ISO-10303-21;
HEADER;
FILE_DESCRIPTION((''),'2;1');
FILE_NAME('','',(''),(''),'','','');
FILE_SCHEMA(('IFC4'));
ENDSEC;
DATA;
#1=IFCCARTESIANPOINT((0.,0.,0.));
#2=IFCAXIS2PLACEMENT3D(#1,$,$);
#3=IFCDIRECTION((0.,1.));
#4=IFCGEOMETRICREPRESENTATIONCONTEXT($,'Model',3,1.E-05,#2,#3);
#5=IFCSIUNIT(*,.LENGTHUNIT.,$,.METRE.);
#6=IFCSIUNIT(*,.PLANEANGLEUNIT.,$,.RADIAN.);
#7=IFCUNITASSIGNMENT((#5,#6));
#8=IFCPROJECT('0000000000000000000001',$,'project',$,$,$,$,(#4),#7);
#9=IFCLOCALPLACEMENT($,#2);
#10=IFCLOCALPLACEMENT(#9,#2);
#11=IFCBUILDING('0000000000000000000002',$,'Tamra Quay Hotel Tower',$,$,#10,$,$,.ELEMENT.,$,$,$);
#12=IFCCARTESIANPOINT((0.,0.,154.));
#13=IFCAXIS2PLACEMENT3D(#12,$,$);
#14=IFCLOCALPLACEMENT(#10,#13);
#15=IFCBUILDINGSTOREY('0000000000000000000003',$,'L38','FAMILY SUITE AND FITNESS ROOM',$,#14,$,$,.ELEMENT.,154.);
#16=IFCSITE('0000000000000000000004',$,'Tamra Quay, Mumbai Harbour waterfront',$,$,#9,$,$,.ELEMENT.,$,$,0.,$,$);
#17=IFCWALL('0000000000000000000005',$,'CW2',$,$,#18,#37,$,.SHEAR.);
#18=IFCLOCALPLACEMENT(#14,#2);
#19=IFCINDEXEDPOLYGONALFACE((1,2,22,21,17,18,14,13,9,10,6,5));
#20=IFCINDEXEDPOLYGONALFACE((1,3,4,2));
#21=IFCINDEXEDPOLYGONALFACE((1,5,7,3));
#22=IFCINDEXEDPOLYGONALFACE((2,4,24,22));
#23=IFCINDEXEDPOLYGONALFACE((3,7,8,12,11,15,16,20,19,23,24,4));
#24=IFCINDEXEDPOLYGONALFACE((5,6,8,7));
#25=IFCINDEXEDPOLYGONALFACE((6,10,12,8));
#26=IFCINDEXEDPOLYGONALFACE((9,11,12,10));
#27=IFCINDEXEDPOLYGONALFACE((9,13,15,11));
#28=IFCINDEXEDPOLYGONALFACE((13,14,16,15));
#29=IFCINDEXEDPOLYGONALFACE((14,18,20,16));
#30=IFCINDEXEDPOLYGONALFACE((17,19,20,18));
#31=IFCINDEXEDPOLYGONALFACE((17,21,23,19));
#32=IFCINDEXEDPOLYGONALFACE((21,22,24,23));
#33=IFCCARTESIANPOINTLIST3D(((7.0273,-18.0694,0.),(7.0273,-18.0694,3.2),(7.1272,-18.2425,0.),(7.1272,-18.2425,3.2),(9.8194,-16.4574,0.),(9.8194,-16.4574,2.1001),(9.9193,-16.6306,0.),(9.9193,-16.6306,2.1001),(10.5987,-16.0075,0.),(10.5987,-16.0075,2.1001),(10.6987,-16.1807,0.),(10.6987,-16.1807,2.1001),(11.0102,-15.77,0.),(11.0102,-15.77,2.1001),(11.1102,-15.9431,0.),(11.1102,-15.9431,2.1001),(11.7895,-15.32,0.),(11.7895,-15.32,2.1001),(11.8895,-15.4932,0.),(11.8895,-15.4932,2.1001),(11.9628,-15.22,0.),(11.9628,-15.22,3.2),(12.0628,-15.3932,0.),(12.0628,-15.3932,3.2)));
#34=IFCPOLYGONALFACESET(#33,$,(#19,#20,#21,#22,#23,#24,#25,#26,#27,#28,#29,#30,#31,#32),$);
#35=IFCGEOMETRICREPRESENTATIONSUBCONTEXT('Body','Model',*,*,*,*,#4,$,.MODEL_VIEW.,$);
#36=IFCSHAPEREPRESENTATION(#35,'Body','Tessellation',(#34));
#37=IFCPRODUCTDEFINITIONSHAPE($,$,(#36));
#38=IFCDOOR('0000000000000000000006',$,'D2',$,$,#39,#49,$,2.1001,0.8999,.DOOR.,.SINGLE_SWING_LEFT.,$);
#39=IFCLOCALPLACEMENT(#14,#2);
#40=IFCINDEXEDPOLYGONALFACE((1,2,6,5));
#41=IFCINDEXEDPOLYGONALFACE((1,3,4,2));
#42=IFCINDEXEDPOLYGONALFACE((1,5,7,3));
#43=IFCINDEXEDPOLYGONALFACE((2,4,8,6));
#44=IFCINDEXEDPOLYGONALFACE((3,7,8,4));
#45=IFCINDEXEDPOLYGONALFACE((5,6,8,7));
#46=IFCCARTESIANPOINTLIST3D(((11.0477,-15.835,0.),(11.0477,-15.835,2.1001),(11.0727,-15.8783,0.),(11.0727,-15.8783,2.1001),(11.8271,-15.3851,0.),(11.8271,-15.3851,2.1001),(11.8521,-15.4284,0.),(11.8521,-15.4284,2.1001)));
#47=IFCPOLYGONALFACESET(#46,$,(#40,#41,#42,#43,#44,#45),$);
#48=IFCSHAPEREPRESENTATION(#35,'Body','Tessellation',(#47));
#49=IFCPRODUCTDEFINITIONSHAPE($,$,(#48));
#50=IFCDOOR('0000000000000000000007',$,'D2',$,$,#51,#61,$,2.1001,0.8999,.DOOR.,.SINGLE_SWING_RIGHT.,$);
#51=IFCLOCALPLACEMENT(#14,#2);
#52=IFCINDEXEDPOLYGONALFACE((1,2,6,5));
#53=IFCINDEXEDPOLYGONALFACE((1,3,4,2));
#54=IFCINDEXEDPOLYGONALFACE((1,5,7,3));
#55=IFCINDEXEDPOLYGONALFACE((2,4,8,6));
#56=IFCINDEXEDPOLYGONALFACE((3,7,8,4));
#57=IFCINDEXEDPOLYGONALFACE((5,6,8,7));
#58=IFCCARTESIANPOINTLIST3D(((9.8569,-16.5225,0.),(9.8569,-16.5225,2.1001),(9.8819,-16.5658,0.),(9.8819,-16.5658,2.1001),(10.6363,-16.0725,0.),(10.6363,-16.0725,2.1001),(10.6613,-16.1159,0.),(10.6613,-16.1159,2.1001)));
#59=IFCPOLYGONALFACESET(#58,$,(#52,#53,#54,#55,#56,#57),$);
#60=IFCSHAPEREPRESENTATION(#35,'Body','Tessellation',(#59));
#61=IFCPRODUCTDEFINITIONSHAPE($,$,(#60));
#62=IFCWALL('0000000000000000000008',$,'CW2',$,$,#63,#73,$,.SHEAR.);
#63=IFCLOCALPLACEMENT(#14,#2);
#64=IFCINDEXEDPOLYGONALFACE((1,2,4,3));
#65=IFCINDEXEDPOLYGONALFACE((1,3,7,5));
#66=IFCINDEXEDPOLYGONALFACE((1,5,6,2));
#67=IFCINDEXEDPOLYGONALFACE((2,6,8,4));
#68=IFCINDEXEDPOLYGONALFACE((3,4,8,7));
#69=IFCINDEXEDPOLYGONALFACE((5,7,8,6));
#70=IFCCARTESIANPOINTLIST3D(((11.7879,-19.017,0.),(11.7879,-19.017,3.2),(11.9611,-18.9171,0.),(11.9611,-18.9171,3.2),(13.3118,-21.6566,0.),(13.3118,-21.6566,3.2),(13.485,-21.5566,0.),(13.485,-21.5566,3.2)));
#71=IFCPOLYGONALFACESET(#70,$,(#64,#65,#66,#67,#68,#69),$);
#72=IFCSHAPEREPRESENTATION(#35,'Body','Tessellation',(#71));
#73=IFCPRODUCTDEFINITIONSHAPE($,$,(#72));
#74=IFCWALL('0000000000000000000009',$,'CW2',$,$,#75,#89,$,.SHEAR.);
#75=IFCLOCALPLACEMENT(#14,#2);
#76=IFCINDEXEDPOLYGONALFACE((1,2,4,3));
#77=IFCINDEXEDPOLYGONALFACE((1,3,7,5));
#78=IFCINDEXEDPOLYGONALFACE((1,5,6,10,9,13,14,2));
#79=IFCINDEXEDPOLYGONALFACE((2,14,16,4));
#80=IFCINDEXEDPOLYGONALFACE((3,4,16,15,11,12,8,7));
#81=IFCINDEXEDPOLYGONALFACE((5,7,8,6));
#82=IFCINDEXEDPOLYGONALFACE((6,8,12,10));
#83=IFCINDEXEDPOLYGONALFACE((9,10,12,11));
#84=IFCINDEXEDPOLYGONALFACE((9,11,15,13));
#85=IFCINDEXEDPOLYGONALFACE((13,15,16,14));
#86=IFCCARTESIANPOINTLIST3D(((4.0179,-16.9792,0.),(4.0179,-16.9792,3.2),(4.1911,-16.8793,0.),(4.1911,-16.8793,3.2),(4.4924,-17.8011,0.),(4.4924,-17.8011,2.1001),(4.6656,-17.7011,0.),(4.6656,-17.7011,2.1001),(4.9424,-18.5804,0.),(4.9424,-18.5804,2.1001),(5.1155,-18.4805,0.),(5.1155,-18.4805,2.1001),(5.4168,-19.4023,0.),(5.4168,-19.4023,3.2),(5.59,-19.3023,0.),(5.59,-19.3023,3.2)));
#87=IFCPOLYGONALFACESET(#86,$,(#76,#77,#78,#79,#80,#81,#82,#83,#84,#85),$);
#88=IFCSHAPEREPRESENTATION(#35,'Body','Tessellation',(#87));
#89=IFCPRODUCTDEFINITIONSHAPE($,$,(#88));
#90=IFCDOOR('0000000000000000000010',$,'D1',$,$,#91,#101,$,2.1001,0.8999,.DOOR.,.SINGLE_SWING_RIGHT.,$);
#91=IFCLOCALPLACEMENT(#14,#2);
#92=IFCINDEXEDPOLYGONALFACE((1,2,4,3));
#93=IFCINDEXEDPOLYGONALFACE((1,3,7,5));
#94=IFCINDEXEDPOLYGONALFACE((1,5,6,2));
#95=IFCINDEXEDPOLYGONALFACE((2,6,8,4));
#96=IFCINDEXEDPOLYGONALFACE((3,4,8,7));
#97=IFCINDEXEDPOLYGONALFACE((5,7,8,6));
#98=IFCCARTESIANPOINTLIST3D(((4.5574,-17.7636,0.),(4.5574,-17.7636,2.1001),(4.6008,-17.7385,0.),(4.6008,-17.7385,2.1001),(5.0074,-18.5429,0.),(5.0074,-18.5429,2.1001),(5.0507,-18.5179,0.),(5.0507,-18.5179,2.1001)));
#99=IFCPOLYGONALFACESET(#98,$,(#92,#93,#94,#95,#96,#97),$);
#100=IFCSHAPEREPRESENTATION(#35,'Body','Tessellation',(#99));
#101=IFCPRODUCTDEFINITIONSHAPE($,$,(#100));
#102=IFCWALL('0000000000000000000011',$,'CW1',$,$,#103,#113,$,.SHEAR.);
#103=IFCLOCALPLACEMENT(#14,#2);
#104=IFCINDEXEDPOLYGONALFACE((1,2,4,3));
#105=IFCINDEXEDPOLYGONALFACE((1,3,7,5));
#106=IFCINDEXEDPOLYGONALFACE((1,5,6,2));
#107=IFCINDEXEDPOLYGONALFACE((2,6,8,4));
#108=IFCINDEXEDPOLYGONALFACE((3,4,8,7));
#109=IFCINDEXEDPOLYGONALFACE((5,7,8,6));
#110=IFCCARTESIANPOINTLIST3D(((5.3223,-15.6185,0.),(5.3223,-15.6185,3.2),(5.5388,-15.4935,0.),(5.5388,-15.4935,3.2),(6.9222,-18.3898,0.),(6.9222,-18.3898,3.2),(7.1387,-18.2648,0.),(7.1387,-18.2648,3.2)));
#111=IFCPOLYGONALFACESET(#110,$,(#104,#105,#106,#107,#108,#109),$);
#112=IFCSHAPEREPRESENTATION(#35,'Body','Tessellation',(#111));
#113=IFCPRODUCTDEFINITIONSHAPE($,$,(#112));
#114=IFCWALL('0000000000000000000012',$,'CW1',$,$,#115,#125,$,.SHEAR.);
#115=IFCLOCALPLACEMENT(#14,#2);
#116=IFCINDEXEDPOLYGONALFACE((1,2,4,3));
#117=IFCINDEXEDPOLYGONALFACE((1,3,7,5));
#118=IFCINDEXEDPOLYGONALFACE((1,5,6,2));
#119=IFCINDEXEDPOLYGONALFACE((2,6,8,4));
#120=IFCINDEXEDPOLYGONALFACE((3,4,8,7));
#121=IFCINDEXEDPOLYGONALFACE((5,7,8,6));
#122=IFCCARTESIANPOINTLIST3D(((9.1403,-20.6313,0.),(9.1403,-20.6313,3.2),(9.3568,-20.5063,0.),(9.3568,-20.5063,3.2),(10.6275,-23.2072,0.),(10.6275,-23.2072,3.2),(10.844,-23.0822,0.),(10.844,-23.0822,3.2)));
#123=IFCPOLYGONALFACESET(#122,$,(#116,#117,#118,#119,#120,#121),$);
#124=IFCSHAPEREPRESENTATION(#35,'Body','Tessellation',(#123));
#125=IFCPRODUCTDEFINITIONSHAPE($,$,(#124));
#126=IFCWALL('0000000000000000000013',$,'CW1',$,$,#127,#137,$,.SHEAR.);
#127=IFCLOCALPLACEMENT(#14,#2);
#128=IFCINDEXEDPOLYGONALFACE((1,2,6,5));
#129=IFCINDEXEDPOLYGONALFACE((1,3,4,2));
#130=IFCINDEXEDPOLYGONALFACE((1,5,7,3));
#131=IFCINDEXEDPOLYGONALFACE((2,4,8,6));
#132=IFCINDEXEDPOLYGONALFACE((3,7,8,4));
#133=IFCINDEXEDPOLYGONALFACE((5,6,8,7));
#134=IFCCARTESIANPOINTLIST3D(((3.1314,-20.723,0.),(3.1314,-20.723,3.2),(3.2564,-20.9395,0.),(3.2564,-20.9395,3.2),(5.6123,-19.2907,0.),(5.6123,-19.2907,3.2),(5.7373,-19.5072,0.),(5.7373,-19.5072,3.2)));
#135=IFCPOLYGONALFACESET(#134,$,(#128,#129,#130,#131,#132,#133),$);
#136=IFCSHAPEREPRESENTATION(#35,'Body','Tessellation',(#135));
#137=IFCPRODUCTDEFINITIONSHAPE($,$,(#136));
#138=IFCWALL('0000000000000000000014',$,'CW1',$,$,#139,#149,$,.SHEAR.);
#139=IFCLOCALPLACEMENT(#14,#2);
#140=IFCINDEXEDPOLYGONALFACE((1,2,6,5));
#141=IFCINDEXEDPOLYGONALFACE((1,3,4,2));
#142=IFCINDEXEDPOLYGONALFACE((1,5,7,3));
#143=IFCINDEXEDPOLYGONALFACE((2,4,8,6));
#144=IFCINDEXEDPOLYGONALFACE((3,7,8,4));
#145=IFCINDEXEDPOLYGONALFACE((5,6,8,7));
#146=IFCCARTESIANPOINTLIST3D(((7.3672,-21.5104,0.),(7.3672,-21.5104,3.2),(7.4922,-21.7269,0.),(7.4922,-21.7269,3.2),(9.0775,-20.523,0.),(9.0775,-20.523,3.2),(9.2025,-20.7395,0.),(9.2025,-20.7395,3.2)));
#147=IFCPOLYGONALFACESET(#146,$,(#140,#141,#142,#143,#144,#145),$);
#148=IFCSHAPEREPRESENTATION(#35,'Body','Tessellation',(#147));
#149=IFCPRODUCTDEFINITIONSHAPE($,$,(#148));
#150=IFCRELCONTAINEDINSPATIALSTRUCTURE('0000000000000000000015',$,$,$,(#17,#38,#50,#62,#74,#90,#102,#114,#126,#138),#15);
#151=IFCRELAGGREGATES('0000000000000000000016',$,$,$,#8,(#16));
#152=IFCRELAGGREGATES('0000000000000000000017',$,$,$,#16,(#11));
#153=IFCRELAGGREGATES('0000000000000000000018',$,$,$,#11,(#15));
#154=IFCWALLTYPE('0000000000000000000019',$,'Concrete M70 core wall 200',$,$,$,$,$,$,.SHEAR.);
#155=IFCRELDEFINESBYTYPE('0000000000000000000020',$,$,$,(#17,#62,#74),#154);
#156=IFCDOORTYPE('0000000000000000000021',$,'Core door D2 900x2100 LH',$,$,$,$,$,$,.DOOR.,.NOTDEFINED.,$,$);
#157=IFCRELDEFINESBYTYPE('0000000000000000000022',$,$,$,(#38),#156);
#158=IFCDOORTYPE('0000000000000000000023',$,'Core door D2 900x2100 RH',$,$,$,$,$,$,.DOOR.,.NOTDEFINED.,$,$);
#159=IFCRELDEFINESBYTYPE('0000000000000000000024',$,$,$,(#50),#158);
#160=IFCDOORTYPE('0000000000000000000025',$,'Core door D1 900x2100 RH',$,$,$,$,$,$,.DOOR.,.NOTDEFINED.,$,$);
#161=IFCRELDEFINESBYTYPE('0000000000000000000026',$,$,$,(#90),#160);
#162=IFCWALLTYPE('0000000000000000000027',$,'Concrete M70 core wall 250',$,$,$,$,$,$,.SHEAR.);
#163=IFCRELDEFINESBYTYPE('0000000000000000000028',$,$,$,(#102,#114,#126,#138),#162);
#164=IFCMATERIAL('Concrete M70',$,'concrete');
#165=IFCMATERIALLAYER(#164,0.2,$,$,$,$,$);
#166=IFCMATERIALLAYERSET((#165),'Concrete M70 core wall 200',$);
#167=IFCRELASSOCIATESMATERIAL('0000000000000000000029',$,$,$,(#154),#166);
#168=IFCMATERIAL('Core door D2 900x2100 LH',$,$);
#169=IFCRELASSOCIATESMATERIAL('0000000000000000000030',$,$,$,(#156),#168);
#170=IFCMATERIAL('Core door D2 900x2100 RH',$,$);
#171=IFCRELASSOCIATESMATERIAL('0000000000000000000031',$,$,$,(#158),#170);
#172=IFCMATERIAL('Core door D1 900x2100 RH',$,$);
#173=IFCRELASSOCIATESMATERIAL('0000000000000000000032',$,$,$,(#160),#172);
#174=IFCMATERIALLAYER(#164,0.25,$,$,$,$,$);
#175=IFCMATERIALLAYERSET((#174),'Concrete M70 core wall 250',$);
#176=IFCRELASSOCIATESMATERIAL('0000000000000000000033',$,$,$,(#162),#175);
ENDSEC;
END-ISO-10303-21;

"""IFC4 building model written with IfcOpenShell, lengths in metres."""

from ifc_helpers import new_model, si_unit, direction, frame, frame_2d, origin, place, context, subcontext, project, spatial, rectangle, extrude, material, layer, layer_set, type_object, element, fill, save


model = new_model("IFC4")

# Units and contexts
model_context = context("Model", 3, precision=1e-05, world=origin(), true_north=direction((0.0, 1.0)))
body_context = subcontext(model_context, "Body", "Model", "MODEL_VIEW")
ifc_project = project(units=[si_unit("LENGTHUNIT", "METRE"), si_unit("PLANEANGLEUNIT", "RADIAN")], contexts=[model_context])

# Site, building, storey
site_placement = place(None, origin())
site = spatial("IfcSite", under=ifc_project, at=site_placement, Name="Tamra Quay, Mumbai Harbour waterfront", CompositionType="ELEMENT", RefElevation=0.0)
building_placement = place(site_placement, origin())
building = spatial("IfcBuilding", under=site, at=building_placement, Name="Tamra Quay Hotel Tower", CompositionType="ELEMENT")
storey_placement = place(building_placement, frame((0.0, 0.0, 154.0)))
storey = spatial("IfcBuildingStorey", under=building, at=storey_placement, Name="L38", Description="FAMILY SUITE AND FITNESS ROOM", CompositionType="ELEMENT", Elevation=154.0)

# Shared definitions
ifc_material_1 = material(Name="Concrete M70", Category="concrete")

# Wall, openings, doors
ifc_layer_1 = layer(ifc_material_1, 0.2)
ifc_layer_set_1 = layer_set([ifc_layer_1], Name="Concrete M70 core wall 200")
wall_type_1 = type_object("IfcWallType", Name="Concrete M70 core wall 200", PredefinedType="SHEAR", material=ifc_layer_set_1)
wall_1_placement = place(storey_placement, frame((7.0771, -18.156, 0.0), z_axis=(0.0, 0.0, 1.0), x_axis=(0.866039, 0.499977, 0.0)))
wall_1 = element("IfcWall", 1, at=wall_1_placement, inside=storey, type_object=wall_type_1, Name="CW2", PredefinedType="SHEAR", context=body_context, shape_type="SweptSolid", body=[
    extrude(rectangle(XDim=5.699, YDim=0.2, at=frame_2d((2.8496, 0.0))), origin(), (0.0, 0.0, 1.0), 3.2),
])
opening_1_placement = place(wall_1_placement, frame((3.2241, 0.0, 0.0)))
opening_1 = element("IfcOpeningElement", 2, at=opening_1_placement, cuts=wall_1, PredefinedType="OPENING", context=body_context, shape_type="SweptSolid", body=[
    extrude(rectangle(XDim=0.8999, YDim=2.1001, at=frame_2d((0.45, 1.05))), frame((0.0, 0.1099, 0.0), z_axis=(0.0, -1.0, 0.0), x_axis=(1.0, 0.0, 0.0)), (0.0, 0.0, 1.0), 0.22),
])
opening_2_placement = place(wall_1_placement, frame((4.5991, 0.0, 0.0)))
opening_2 = element("IfcOpeningElement", 3, at=opening_2_placement, cuts=wall_1, PredefinedType="OPENING", context=body_context, shape_type="SweptSolid", body=[
    extrude(rectangle(XDim=0.8999, YDim=2.1001, at=frame_2d((0.45, 1.05))), frame((0.0, 0.1099, 0.0), z_axis=(0.0, -1.0, 0.0), x_axis=(1.0, 0.0, 0.0)), (0.0, 0.0, 1.0), 0.22),
])
ifc_material_2 = material(Name="Core door D2 900x2100 LH")
door_type_1 = type_object("IfcDoorType", Name="Core door D2 900x2100 LH", OperationType="NOTDEFINED", PredefinedType="DOOR", material=ifc_material_2)
door_1_placement = place(opening_2_placement, origin())
door_1 = element("IfcDoor", 4, at=door_1_placement, inside=storey, type_object=door_type_1, Name="D2", OperationType="SINGLE_SWING_LEFT", OverallHeight=2.1001, OverallWidth=0.8999, PredefinedType="DOOR", context=body_context, shape_type="SweptSolid", body=[
    extrude(rectangle(XDim=0.8999, YDim=2.1001, at=frame_2d((0.45, 1.05))), frame((0.0, 0.0249, 0.0), z_axis=(0.0, -1.0, 0.0), x_axis=(1.0, 0.0, 0.0)), (0.0, 0.0, 1.0), 0.05),
])
fill(opening_2, door_1)
ifc_material_3 = material(Name="Core door D2 900x2100 RH")
door_type_2 = type_object("IfcDoorType", Name="Core door D2 900x2100 RH", OperationType="NOTDEFINED", PredefinedType="DOOR", material=ifc_material_3)
door_2_placement = place(opening_1_placement, origin())
door_2 = element("IfcDoor", 5, at=door_2_placement, inside=storey, type_object=door_type_2, Name="D2", OperationType="SINGLE_SWING_RIGHT", OverallHeight=2.1001, OverallWidth=0.8999, PredefinedType="DOOR", context=body_context, shape_type="SweptSolid", body=[
    extrude(rectangle(XDim=0.8999, YDim=2.1001, at=frame_2d((0.45, 1.05))), frame((0.0, 0.0249, 0.0), z_axis=(0.0, -1.0, 0.0), x_axis=(1.0, 0.0, 0.0)), (0.0, 0.0, 1.0), 0.05),
])
fill(opening_1, door_2)

# Wall
wall_2_placement = place(storey_placement, frame((11.8745, -18.967, 0.0), z_axis=(0.0, 0.0, 1.0), x_axis=(0.499981, -0.866036, 0.0)))
element("IfcWall", 6, at=wall_2_placement, inside=storey, type_object=wall_type_1, Name="CW2", PredefinedType="SHEAR", context=body_context, shape_type="SweptSolid", body=[
    extrude(rectangle(XDim=3.0479, YDim=0.2, at=frame_2d((1.5239, 0.0))), origin(), (0.0, 0.0, 1.0), 3.2),
])

# Wall, opening, door
wall_3_placement = place(storey_placement, frame((5.5034, -19.3523, 0.0), z_axis=(0.0, 0.0, 1.0), x_axis=(-0.499987, 0.866033, 0.0)))
wall_3 = element("IfcWall", 7, at=wall_3_placement, inside=storey, type_object=wall_type_1, Name="CW2", PredefinedType="SHEAR", context=body_context, shape_type="SweptSolid", body=[
    extrude(rectangle(XDim=2.7979, YDim=0.2, at=frame_2d((1.3989, 0.0))), origin(), (0.0, 0.0, 1.0), 3.2),
])
opening_3_placement = place(wall_3_placement, frame((0.949, 0.0, 0.0)))
opening_3 = element("IfcOpeningElement", 8, at=opening_3_placement, cuts=wall_3, PredefinedType="OPENING", context=body_context, shape_type="SweptSolid", body=[
    extrude(rectangle(XDim=0.8999, YDim=2.1001, at=frame_2d((0.45, 1.05))), frame((0.0, 0.1099, 0.0), z_axis=(0.0, -1.0, 0.0), x_axis=(1.0, 0.0, 0.0)), (0.0, 0.0, 1.0), 0.22),
])
ifc_material_4 = material(Name="Core door D1 900x2100 RH")
door_type_3 = type_object("IfcDoorType", Name="Core door D1 900x2100 RH", OperationType="NOTDEFINED", PredefinedType="DOOR", material=ifc_material_4)
door_3_placement = place(opening_3_placement, origin())
door_3 = element("IfcDoor", 9, at=door_3_placement, inside=storey, type_object=door_type_3, Name="D1", OperationType="SINGLE_SWING_RIGHT", OverallHeight=2.1001, OverallWidth=0.8999, PredefinedType="DOOR", context=body_context, shape_type="SweptSolid", body=[
    extrude(rectangle(XDim=0.8999, YDim=2.1001, at=frame_2d((0.45, 1.05))), frame((0.0, 0.0249, 0.0), z_axis=(0.0, -1.0, 0.0), x_axis=(1.0, 0.0, 0.0)), (0.0, 0.0, 1.0), 0.05),
])
fill(opening_3, door_3)

# Walls
ifc_layer_2 = layer(ifc_material_1, 0.25)
ifc_layer_set_2 = layer_set([ifc_layer_2], Name="Concrete M70 core wall 250")
wall_type_2 = type_object("IfcWallType", Name="Concrete M70 core wall 250", PredefinedType="SHEAR", material=ifc_layer_set_2)
wall_4_placement = place(storey_placement, frame((7.0305, -18.3274, 0.0), z_axis=(0.0, 0.0, 1.0), x_axis=(-0.499971, 0.866042, 0.0)))
element("IfcWall", 10, at=wall_4_placement, inside=storey, type_object=wall_type_2, Name="CW1", PredefinedType="SHEAR", context=body_context, shape_type="SweptSolid", body=[
    extrude(rectangle(XDim=3.2, YDim=0.25, at=frame_2d((1.6001, 0.0))), origin(), (0.0, 0.0, 1.0), 3.2),
])
wall_5_placement = place(storey_placement, frame((10.7358, -23.1448, 0.0), z_axis=(0.0, 0.0, 1.0), x_axis=(-0.500023, 0.866012, 0.0)))
element("IfcWall", 11, at=wall_5_placement, inside=storey, type_object=wall_type_2, Name="CW1", PredefinedType="SHEAR", context=body_context, shape_type="SweptSolid", body=[
    extrude(rectangle(XDim=2.9744, YDim=0.25, at=frame_2d((1.4873, 0.0))), origin(), (0.0, 0.0, 1.0), 3.2),
])
wall_6_placement = place(storey_placement, frame((5.6748, -19.3989, 0.0), z_axis=(0.0, 0.0, 1.0), x_axis=(-0.866027, -0.499998, 0.0)))
element("IfcWall", 12, at=wall_6_placement, inside=storey, type_object=wall_type_2, Name="CW1", PredefinedType="SHEAR", context=body_context, shape_type="SweptSolid", body=[
    extrude(rectangle(XDim=2.8647, YDim=0.25, at=frame_2d((1.4324, 0.0))), origin(), (0.0, 0.0, 1.0), 3.2),
])
wall_7_placement = place(storey_placement, frame((9.1399, -20.6313, 0.0), z_axis=(0.0, 0.0, 1.0), x_axis=(-0.866044, -0.499969, 0.0)))
element("IfcWall", 13, at=wall_7_placement, inside=storey, type_object=wall_type_2, Name="CW1", PredefinedType="SHEAR", context=body_context, shape_type="SweptSolid", body=[
    extrude(rectangle(XDim=1.9749, YDim=0.25, at=frame_2d((0.9873, 0.0))), origin(), (0.0, 0.0, 1.0), 3.2),
])

save(model, "model.ifc")
